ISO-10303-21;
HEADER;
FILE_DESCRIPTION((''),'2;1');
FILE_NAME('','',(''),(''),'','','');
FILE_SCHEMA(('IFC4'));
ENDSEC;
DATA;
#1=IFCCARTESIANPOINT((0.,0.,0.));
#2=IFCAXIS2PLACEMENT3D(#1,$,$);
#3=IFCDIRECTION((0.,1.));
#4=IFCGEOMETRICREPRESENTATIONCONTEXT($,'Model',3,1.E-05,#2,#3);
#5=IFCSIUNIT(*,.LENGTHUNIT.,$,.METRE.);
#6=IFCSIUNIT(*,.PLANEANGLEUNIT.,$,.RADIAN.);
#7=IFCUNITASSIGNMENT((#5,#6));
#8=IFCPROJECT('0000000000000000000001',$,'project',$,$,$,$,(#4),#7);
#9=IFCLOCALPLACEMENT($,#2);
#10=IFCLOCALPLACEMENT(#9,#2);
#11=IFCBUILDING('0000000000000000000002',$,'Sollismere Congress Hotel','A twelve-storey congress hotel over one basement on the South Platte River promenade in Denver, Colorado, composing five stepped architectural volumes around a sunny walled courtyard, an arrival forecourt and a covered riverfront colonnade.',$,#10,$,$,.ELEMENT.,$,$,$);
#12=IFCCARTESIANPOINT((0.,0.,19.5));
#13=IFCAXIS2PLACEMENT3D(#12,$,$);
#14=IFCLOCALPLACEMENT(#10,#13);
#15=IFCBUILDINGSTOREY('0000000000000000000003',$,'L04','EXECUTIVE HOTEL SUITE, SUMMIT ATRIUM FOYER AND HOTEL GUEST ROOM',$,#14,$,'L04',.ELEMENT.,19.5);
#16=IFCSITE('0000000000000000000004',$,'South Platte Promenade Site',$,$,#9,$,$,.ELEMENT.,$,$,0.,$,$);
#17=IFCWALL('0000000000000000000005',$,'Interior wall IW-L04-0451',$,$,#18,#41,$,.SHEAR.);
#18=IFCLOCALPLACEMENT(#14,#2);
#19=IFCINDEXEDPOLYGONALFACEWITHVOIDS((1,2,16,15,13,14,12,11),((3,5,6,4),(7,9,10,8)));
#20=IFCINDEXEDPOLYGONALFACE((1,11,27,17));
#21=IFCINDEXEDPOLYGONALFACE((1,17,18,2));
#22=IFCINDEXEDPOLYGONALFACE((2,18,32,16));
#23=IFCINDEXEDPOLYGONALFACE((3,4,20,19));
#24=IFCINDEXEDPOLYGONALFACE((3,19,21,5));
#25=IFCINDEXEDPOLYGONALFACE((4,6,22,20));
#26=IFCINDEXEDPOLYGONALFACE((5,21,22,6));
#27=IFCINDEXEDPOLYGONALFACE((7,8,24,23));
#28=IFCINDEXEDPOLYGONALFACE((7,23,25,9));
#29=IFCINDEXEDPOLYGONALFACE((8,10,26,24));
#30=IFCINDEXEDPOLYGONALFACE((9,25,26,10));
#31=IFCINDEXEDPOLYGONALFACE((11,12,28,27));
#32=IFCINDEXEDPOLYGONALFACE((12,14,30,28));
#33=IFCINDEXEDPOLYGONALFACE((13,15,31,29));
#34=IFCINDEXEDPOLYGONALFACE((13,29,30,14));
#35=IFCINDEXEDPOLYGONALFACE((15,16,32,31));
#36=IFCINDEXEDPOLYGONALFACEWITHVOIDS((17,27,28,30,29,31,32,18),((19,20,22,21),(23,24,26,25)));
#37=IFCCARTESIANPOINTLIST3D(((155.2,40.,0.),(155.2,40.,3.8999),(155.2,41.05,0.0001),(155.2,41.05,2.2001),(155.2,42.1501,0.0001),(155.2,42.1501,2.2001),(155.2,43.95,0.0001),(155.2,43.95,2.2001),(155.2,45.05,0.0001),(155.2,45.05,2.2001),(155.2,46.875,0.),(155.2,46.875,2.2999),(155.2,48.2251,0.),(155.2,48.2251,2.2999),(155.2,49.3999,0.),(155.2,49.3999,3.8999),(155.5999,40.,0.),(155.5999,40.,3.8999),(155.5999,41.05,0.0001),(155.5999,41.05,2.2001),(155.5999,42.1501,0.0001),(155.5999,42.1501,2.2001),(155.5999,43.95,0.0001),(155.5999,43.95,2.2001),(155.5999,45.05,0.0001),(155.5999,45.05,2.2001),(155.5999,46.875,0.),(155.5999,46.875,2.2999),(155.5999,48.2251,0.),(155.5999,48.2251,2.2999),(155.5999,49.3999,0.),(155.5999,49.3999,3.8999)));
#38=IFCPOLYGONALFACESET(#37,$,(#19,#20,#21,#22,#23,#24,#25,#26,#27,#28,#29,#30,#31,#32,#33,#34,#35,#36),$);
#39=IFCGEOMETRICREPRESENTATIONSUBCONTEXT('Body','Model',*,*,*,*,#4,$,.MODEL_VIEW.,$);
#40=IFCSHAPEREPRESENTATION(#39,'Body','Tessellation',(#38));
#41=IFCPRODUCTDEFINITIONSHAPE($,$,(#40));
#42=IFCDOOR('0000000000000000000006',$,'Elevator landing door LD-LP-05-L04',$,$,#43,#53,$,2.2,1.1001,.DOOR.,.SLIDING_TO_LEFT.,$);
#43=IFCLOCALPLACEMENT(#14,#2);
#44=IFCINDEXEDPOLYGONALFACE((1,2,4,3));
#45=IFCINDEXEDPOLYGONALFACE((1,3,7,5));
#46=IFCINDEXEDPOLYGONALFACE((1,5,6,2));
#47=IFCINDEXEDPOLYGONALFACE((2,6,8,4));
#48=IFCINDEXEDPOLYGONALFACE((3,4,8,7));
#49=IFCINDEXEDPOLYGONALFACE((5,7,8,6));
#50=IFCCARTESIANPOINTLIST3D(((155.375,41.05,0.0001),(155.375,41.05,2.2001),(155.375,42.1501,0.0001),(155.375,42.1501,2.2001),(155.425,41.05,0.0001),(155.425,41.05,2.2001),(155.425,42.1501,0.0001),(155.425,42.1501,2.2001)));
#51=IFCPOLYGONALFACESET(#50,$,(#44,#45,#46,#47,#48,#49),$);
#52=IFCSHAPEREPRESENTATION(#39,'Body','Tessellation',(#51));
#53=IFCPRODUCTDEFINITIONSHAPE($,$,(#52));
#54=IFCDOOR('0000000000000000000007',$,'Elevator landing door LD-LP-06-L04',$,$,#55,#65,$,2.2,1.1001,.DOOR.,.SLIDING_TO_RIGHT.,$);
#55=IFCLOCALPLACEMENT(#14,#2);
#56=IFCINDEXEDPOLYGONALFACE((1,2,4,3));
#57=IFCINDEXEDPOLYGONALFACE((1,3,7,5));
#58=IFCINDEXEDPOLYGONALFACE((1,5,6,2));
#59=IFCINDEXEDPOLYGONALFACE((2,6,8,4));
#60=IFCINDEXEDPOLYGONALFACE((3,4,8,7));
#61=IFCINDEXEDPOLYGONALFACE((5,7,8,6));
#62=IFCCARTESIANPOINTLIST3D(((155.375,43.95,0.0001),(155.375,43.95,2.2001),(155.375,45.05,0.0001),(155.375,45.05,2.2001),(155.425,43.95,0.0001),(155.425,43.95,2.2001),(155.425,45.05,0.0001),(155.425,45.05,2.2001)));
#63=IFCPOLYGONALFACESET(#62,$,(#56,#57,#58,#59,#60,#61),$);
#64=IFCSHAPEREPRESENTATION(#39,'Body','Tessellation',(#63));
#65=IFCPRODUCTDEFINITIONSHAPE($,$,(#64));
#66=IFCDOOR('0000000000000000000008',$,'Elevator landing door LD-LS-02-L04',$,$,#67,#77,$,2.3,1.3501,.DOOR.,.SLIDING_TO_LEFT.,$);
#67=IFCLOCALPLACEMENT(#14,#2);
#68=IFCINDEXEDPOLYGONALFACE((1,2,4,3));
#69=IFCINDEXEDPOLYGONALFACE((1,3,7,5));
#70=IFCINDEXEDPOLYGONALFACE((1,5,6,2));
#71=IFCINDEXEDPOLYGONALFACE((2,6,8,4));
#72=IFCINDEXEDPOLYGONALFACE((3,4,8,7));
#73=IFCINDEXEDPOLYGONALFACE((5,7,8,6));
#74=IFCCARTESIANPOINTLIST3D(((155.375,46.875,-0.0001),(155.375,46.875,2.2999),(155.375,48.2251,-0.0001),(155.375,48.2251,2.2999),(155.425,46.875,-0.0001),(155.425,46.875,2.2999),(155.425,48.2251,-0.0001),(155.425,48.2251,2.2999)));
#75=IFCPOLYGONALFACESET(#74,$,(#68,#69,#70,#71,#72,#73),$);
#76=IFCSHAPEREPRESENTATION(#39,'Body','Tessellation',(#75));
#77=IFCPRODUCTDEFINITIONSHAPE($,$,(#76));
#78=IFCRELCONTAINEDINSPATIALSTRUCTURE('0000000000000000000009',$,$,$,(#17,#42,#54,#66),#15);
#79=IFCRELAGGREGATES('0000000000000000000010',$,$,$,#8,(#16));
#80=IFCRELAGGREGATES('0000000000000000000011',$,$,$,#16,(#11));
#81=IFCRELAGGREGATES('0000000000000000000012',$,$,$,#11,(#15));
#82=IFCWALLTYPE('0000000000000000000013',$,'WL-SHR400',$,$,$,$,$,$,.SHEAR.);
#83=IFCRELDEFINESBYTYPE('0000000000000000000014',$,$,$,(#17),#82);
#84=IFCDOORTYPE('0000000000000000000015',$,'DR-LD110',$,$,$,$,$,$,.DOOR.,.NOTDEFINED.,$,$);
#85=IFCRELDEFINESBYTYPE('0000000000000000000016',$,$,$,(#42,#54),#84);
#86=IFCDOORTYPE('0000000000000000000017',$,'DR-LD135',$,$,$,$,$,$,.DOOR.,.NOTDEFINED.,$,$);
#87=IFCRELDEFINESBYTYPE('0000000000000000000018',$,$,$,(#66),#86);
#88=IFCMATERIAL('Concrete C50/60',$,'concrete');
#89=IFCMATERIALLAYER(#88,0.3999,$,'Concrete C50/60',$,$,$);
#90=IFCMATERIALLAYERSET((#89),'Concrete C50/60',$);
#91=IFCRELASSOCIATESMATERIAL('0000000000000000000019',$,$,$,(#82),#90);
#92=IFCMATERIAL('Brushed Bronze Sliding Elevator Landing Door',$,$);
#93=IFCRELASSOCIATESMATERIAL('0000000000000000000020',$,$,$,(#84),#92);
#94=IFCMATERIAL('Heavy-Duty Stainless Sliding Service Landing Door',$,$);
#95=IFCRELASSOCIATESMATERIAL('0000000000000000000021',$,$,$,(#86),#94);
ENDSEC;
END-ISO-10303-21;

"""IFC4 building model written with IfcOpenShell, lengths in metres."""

from ifc_helpers import new_model, si_unit, direction, frame, frame_2d, origin, place, context, subcontext, project, spatial, rectangle, extrude, material, layer, layer_set, type_object, element, fill, save


model = new_model("IFC4")

# Units and contexts
model_context = context("Model", 3, precision=1e-05, world=origin(), true_north=direction((0.0, 1.0)))
body_context = subcontext(model_context, "Body", "Model", "MODEL_VIEW")
ifc_project = project(units=[si_unit("LENGTHUNIT", "METRE"), si_unit("PLANEANGLEUNIT", "RADIAN")], contexts=[model_context])

# Site, building, storey
site_placement = place(None, origin())
site = spatial("IfcSite", under=ifc_project, at=site_placement, Name="South Platte Promenade Site", CompositionType="ELEMENT", RefElevation=0.0)
building_placement = place(site_placement, origin())
building = spatial("IfcBuilding", under=site, at=building_placement, Name="Sollismere Congress Hotel", Description="A twelve-storey congress hotel over one basement on the South Platte River promenade in Denver, Colorado, composing five stepped architectural volumes around a sunny walled courtyard, an arrival forecourt and a covered riverfront colonnade.", CompositionType="ELEMENT")
storey_placement = place(building_placement, frame((0.0, 0.0, 19.5)))
storey = spatial("IfcBuildingStorey", under=building, at=storey_placement, Name="L04", Description="EXECUTIVE HOTEL SUITE, SUMMIT ATRIUM FOYER AND HOTEL GUEST ROOM", LongName="L04", CompositionType="ELEMENT", Elevation=19.5)

# Wall, openings, doors
ifc_material_1 = material(Name="Concrete C50/60", Category="concrete")
ifc_layer_1 = layer(ifc_material_1, 0.3999, Name="Concrete C50/60")
ifc_layer_set_1 = layer_set([ifc_layer_1], Name="Concrete C50/60")
wall_type_1 = type_object("IfcWallType", Name="WL-SHR400", PredefinedType="SHEAR", material=ifc_layer_set_1)
wall_1_placement = place(storey_placement, frame((155.3999, 40.0, 0.0), z_axis=(0.0, 0.0, 1.0), x_axis=(0.0, 1.0, 0.0)))
wall_1 = element("IfcWall", 1, at=wall_1_placement, inside=storey, type_object=wall_type_1, Name="Interior wall IW-L04-0451", PredefinedType="SHEAR", context=body_context, shape_type="SweptSolid", body=[
    extrude(rectangle(XDim=9.3999, YDim=0.3999, at=frame_2d((4.7, 0.0))), origin(), (0.0, 0.0, 1.0), 3.8999),
])
opening_1_placement = place(wall_1_placement, frame((1.05, 0.0, 0.0)))
opening_1 = element("IfcOpeningElement", 2, at=opening_1_placement, cuts=wall_1, PredefinedType="OPENING", context=body_context, shape_type="SweptSolid", body=[
    extrude(rectangle(XDim=1.1001, YDim=2.2, at=frame_2d((0.55, 1.1001))), frame((0.0, 0.21, 0.0), z_axis=(0.0, -1.0, 0.0), x_axis=(1.0, 0.0, 0.0)), (0.0, 0.0, 1.0), 0.4199),
])
opening_2_placement = place(wall_1_placement, frame((3.95, 0.0, 0.0)))
opening_2 = element("IfcOpeningElement", 3, at=opening_2_placement, cuts=wall_1, PredefinedType="OPENING", context=body_context, shape_type="SweptSolid", body=[
    extrude(rectangle(XDim=1.1001, YDim=2.2, at=frame_2d((0.55, 1.1001))), frame((0.0, 0.21, 0.0), z_axis=(0.0, -1.0, 0.0), x_axis=(1.0, 0.0, 0.0)), (0.0, 0.0, 1.0), 0.4199),
])
opening_3_placement = place(wall_1_placement, frame((6.875, 0.0, 0.0)))
opening_3 = element("IfcOpeningElement", 4, at=opening_3_placement, cuts=wall_1, PredefinedType="OPENING", context=body_context, shape_type="SweptSolid", body=[
    extrude(rectangle(XDim=1.3501, YDim=2.3, at=frame_2d((0.675, 1.1499))), frame((0.0, 0.21, 0.0), z_axis=(0.0, -1.0, 0.0), x_axis=(1.0, 0.0, 0.0)), (0.0, 0.0, 1.0), 0.4199),
])
ifc_material_2 = material(Name="Brushed Bronze Sliding Elevator Landing Door")
door_type_1 = type_object("IfcDoorType", Name="DR-LD110", OperationType="NOTDEFINED", PredefinedType="DOOR", material=ifc_material_2)
door_1_placement = place(opening_1_placement, origin())
door_1 = element("IfcDoor", 5, at=door_1_placement, inside=storey, type_object=door_type_1, Name="Elevator landing door LD-LP-05-L04", OperationType="SLIDING_TO_LEFT", OverallHeight=2.2, OverallWidth=1.1001, PredefinedType="DOOR", context=body_context, shape_type="SweptSolid", body=[
    extrude(rectangle(XDim=1.1001, YDim=2.2, at=frame_2d((0.55, 1.1001))), frame((0.0, 0.0249, 0.0), z_axis=(0.0, -1.0, 0.0), x_axis=(1.0, 0.0, 0.0)), (0.0, 0.0, 1.0), 0.05),
])
fill(opening_1, door_1)
door_2_placement = place(opening_2_placement, origin())
door_2 = element("IfcDoor", 6, at=door_2_placement, inside=storey, type_object=door_type_1, Name="Elevator landing door LD-LP-06-L04", OperationType="SLIDING_TO_RIGHT", OverallHeight=2.2, OverallWidth=1.1001, PredefinedType="DOOR", context=body_context, shape_type="SweptSolid", body=[
    extrude(rectangle(XDim=1.1001, YDim=2.2, at=frame_2d((0.55, 1.1001))), frame((0.0, 0.0249, 0.0), z_axis=(0.0, -1.0, 0.0), x_axis=(1.0, 0.0, 0.0)), (0.0, 0.0, 1.0), 0.05),
])
fill(opening_2, door_2)
ifc_material_3 = material(Name="Heavy-Duty Stainless Sliding Service Landing Door")
door_type_2 = type_object("IfcDoorType", Name="DR-LD135", OperationType="NOTDEFINED", PredefinedType="DOOR", material=ifc_material_3)
door_3_placement = place(opening_3_placement, origin())
door_3 = element("IfcDoor", 7, at=door_3_placement, inside=storey, type_object=door_type_2, Name="Elevator landing door LD-LS-02-L04", OperationType="SLIDING_TO_LEFT", OverallHeight=2.3, OverallWidth=1.3501, PredefinedType="DOOR", context=body_context, shape_type="SweptSolid", body=[
    extrude(rectangle(XDim=1.3501, YDim=2.3, at=frame_2d((0.675, 1.1499))), frame((0.0, 0.0249, 0.0), z_axis=(0.0, -1.0, 0.0), x_axis=(1.0, 0.0, 0.0)), (0.0, 0.0, 1.0), 0.05),
])
fill(opening_3, door_3)

save(model, "model.ifc")
